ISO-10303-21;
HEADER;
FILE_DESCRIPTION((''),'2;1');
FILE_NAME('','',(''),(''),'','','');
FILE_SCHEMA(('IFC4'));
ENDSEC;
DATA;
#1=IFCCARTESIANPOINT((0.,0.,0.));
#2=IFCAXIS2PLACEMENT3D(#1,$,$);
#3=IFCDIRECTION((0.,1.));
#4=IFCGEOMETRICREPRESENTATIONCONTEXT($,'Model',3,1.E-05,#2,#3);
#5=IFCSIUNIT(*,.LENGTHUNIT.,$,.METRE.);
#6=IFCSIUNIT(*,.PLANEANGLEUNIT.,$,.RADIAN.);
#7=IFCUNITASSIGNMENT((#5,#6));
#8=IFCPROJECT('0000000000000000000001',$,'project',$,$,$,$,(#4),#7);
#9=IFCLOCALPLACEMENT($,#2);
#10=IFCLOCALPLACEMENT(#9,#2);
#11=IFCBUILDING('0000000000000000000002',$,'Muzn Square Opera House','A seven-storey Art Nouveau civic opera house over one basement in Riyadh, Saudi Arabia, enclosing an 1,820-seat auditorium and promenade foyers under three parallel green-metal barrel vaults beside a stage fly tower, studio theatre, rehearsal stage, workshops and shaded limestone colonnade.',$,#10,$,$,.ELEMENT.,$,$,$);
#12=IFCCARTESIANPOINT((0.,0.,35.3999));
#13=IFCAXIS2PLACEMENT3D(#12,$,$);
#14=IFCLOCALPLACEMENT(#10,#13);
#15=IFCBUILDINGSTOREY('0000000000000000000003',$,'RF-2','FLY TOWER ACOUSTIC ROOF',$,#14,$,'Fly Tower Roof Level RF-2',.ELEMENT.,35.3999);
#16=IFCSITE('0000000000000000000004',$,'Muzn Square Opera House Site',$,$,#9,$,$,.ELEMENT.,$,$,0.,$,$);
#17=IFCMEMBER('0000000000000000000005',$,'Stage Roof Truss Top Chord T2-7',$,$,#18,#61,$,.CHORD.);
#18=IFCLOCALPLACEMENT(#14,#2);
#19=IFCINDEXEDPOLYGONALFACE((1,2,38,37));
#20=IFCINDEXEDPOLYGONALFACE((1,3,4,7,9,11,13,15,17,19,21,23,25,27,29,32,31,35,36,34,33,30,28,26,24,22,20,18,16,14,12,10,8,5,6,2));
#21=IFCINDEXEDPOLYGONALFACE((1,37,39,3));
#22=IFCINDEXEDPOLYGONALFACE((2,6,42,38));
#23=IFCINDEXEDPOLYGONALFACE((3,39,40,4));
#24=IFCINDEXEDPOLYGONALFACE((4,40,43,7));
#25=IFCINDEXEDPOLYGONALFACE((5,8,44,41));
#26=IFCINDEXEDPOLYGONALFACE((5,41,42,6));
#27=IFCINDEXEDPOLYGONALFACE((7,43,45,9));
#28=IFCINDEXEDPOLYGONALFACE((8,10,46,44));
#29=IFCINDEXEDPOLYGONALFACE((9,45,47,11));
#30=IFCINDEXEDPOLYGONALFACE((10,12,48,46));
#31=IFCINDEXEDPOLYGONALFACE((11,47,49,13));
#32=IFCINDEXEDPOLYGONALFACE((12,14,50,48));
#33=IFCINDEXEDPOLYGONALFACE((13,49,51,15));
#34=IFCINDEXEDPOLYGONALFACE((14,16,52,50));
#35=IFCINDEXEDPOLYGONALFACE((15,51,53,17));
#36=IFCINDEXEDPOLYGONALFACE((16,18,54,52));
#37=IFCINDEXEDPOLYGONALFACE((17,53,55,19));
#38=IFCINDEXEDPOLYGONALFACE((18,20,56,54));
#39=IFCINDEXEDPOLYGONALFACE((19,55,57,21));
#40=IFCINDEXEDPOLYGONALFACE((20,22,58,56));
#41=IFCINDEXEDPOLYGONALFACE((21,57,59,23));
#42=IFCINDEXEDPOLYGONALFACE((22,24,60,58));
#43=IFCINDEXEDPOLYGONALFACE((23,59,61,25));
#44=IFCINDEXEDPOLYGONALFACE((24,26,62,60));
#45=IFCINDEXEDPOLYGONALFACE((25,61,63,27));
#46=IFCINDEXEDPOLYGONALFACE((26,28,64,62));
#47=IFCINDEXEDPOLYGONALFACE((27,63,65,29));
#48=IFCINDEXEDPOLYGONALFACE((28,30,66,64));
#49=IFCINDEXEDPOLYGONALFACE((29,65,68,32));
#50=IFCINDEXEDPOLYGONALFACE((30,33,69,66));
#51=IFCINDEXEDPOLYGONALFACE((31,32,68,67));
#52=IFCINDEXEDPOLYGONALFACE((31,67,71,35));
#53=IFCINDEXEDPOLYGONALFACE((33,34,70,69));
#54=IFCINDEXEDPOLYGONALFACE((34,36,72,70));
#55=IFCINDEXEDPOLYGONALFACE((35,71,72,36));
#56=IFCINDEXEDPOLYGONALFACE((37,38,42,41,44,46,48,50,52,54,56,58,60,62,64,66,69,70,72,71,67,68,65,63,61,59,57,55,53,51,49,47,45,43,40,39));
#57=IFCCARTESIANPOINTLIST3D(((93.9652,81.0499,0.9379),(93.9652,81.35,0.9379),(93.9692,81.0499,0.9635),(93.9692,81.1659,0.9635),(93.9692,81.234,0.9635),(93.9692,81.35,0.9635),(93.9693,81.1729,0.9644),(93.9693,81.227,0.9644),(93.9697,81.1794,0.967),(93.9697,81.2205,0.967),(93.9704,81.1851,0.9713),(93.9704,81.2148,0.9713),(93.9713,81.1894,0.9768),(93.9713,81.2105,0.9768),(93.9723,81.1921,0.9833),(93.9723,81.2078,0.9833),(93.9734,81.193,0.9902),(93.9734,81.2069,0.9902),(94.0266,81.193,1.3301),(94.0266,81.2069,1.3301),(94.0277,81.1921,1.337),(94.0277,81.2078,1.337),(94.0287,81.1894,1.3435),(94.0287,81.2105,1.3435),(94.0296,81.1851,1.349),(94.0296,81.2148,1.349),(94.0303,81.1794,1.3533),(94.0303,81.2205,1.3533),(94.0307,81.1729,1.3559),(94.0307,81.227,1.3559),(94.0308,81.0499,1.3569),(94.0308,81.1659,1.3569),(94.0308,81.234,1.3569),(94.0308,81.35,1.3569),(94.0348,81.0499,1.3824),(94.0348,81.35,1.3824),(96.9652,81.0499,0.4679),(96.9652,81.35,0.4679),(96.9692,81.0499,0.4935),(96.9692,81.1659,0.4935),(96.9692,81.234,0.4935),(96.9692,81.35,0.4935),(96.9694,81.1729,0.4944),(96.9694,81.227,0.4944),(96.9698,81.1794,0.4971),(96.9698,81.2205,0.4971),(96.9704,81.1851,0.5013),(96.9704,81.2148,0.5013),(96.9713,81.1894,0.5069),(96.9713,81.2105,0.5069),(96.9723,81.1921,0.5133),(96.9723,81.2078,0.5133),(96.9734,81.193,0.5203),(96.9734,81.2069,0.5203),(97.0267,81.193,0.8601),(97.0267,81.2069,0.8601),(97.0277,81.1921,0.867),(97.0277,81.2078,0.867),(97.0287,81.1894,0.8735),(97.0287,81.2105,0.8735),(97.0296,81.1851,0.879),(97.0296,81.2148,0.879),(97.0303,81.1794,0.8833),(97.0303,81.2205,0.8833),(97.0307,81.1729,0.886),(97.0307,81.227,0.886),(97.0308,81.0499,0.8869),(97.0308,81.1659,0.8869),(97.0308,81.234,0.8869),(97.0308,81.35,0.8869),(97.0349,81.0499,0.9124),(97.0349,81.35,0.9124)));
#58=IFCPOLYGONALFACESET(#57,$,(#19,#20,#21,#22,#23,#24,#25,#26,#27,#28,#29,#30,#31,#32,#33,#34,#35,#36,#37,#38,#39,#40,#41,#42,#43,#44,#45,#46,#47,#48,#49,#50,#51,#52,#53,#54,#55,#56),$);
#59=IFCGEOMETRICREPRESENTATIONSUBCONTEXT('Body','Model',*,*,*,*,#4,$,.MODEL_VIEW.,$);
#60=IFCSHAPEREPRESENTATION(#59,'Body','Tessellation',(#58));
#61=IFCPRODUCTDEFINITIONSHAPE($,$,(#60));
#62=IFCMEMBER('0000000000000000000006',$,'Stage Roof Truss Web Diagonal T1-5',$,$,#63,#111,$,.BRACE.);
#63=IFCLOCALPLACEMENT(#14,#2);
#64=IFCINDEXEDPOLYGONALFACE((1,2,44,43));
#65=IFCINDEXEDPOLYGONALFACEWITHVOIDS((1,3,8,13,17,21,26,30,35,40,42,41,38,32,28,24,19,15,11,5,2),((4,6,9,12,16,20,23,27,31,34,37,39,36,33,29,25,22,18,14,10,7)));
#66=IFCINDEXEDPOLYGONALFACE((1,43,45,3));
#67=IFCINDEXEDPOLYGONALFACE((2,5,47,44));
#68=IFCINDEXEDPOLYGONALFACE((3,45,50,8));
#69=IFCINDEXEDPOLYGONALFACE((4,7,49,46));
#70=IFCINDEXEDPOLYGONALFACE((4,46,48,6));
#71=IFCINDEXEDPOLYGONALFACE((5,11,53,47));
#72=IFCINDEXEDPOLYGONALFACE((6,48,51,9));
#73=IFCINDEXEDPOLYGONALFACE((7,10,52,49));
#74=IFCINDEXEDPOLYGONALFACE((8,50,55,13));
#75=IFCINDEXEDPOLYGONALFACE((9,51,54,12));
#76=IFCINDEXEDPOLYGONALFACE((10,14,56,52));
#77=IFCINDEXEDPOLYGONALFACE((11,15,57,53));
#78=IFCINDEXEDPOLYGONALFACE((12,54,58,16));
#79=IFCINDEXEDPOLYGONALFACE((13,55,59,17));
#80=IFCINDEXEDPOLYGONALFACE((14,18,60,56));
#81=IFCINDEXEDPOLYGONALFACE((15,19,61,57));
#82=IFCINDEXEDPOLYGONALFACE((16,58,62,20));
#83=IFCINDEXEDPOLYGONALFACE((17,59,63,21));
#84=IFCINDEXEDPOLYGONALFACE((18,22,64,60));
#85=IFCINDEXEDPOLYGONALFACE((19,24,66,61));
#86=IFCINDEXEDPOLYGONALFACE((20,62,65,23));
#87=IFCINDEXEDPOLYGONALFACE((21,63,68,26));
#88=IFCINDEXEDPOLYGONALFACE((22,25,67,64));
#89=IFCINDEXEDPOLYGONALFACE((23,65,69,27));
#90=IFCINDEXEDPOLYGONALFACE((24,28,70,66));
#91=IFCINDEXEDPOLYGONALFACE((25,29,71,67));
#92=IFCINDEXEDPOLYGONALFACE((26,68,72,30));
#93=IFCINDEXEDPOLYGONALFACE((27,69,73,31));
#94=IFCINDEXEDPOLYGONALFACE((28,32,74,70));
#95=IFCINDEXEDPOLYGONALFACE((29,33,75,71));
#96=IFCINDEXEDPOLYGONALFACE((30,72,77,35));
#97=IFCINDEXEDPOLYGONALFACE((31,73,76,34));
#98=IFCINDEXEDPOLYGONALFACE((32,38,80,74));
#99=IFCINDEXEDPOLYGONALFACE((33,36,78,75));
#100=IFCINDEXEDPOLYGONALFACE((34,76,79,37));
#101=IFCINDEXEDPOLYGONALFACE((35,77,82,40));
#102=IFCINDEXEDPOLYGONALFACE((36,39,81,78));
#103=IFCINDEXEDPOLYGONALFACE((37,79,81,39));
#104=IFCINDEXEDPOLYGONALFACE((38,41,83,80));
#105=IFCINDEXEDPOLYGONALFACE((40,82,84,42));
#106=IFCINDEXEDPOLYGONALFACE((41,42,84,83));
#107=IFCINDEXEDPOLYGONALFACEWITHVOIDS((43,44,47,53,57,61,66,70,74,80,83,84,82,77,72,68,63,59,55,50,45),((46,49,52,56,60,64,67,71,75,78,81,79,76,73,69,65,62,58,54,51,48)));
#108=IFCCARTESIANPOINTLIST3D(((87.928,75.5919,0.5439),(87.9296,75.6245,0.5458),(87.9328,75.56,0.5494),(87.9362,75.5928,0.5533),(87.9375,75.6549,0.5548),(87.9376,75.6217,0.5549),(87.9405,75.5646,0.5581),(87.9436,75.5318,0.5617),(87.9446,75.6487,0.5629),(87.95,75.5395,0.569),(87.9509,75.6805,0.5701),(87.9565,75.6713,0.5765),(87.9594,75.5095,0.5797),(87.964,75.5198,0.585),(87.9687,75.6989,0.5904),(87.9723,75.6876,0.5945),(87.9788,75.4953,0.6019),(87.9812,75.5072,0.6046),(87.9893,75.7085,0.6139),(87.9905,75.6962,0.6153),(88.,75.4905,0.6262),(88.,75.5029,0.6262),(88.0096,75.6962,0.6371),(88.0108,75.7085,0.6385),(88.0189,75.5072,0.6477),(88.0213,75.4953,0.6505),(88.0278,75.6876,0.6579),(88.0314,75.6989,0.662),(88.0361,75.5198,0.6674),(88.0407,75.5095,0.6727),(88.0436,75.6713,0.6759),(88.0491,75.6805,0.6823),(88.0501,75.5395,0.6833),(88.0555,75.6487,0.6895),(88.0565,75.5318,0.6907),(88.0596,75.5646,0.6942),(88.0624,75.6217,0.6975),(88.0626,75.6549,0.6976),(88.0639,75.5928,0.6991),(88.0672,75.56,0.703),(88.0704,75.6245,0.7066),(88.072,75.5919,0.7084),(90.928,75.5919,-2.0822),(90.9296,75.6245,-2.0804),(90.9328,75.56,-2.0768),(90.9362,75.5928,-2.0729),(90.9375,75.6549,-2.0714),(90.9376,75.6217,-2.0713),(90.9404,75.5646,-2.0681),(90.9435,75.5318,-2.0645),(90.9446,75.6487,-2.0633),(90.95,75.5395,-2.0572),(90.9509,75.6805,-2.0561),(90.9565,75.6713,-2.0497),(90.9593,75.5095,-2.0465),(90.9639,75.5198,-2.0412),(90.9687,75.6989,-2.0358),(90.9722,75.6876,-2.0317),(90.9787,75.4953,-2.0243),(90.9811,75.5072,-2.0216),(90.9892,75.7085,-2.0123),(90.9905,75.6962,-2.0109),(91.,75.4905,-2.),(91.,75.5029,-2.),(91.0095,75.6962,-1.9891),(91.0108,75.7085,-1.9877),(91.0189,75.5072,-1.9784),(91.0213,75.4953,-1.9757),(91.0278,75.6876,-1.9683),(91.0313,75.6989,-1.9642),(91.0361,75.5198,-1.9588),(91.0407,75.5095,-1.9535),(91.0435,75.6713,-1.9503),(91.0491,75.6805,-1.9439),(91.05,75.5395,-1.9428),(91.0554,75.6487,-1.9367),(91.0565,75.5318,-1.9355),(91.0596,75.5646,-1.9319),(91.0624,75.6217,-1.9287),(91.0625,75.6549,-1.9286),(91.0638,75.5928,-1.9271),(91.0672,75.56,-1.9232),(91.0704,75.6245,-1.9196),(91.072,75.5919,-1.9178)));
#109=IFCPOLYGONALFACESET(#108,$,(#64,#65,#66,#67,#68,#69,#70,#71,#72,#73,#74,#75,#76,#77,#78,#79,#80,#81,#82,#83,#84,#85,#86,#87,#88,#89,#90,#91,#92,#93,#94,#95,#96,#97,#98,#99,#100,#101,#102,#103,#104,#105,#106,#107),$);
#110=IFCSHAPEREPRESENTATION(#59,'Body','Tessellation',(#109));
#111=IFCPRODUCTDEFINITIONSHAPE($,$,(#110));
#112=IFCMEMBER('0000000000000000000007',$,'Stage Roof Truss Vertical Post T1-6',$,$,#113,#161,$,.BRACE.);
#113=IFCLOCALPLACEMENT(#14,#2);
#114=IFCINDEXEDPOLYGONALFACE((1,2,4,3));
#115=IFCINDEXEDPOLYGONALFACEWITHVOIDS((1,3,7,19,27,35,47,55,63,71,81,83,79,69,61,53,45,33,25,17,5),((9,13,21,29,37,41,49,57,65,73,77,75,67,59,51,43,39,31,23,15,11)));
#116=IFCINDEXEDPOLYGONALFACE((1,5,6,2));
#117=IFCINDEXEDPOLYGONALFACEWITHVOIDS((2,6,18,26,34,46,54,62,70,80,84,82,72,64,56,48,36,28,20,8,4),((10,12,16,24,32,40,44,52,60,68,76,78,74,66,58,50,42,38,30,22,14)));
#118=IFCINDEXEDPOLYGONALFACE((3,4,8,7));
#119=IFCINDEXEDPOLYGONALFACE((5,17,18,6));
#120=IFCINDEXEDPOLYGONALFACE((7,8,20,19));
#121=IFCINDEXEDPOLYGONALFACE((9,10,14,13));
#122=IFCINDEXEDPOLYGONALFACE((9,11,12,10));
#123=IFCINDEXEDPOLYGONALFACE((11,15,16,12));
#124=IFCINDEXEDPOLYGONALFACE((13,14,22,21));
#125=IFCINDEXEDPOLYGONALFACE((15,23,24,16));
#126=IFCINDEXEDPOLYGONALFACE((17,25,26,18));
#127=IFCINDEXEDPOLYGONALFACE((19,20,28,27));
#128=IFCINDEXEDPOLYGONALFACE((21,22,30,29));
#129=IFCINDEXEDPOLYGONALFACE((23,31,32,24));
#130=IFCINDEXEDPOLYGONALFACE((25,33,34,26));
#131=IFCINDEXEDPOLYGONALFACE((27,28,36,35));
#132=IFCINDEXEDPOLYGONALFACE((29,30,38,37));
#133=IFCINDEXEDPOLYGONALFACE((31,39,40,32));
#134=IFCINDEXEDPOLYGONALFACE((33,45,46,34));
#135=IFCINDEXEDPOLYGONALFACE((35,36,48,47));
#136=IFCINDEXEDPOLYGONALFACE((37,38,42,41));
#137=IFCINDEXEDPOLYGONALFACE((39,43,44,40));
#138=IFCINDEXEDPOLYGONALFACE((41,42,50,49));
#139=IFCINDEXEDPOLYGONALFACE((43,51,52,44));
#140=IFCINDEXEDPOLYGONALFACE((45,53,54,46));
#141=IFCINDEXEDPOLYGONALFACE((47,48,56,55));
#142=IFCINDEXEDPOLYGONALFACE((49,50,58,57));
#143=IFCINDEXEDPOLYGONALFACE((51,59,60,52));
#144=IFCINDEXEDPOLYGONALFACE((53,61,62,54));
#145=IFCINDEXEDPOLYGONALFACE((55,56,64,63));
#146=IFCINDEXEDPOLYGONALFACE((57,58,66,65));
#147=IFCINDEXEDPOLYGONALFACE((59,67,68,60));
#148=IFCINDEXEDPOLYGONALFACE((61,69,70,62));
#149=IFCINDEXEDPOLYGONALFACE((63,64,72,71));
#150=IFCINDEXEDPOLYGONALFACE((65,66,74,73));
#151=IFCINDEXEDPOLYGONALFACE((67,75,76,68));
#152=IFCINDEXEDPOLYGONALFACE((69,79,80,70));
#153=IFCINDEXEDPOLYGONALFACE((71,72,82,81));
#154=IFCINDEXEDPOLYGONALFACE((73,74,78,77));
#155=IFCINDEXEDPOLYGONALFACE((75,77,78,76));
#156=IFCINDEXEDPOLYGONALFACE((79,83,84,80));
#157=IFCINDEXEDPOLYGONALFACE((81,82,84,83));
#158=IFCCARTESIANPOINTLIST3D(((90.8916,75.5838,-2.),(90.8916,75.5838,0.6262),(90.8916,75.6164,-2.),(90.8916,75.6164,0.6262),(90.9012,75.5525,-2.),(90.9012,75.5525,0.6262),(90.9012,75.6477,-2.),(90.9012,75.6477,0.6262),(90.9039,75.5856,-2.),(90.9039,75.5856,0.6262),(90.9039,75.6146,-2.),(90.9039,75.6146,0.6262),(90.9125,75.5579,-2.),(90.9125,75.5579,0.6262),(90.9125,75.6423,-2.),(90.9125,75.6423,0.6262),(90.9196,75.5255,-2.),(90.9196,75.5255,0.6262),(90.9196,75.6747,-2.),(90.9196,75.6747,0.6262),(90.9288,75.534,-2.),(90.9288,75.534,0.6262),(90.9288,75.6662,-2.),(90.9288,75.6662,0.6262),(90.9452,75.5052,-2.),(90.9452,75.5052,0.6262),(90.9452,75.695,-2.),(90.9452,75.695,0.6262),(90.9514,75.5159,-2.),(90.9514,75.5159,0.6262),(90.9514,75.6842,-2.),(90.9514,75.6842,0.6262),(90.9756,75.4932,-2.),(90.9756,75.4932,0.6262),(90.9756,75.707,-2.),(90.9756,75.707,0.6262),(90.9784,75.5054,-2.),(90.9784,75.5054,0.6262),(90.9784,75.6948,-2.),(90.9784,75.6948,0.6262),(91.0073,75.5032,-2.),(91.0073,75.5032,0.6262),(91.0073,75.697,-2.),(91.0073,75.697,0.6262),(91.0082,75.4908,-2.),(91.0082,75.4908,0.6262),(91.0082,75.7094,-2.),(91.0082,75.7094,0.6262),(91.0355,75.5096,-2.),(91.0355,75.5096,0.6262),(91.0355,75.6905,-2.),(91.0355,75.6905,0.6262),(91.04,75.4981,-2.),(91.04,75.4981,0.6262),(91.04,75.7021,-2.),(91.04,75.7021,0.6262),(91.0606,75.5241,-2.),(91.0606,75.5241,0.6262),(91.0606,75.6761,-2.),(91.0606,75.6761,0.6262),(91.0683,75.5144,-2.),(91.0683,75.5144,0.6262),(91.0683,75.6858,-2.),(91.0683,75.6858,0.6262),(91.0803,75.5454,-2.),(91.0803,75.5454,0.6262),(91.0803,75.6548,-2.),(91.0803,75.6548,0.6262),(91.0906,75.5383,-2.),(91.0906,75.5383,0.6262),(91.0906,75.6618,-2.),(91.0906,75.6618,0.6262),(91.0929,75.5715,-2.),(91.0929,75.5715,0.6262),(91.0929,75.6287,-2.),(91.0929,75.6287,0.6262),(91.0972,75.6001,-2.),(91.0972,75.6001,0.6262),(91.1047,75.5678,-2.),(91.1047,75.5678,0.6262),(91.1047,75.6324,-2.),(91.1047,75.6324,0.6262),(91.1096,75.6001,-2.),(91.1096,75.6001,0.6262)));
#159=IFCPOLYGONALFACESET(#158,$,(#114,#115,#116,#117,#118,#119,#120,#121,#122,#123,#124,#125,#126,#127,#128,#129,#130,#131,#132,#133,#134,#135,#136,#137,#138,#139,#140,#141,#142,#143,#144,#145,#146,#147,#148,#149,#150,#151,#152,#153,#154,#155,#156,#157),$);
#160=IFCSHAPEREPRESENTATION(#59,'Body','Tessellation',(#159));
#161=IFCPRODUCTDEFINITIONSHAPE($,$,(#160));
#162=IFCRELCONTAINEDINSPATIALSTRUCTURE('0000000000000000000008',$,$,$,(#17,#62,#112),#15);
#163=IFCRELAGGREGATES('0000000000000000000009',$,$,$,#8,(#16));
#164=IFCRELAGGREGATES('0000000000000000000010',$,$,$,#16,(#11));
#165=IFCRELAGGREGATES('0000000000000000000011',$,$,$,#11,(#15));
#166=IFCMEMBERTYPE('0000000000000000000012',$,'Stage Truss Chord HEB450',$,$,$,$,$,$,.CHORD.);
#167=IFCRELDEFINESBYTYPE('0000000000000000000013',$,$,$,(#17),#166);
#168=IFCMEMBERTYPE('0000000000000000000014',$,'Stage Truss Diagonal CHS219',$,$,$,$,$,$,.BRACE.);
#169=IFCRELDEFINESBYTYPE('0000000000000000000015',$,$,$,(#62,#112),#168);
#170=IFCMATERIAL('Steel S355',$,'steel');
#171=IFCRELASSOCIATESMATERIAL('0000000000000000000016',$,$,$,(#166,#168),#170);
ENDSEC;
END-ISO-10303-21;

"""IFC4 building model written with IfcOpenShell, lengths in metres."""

from ifc_helpers import new_model, si_unit, direction, frame, origin, origin_2d, place, context, subcontext, project, spatial, hollow_circle, i_section, extrude, material, material_profile, profile_set, type_object, element, save


model = new_model("IFC4")

# Units and contexts
model_context = context("Model", 3, precision=1e-05, world=origin(), true_north=direction((0.0, 1.0)))
body_context = subcontext(model_context, "Body", "Model", "MODEL_VIEW")
ifc_project = project(units=[si_unit("LENGTHUNIT", "METRE"), si_unit("PLANEANGLEUNIT", "RADIAN")], contexts=[model_context])

# Site, building, storey
site_placement = place(None, origin())
site = spatial("IfcSite", under=ifc_project, at=site_placement, Name="Muzn Square Opera House Site", CompositionType="ELEMENT", RefElevation=0.0)
building_placement = place(site_placement, origin())
building = spatial("IfcBuilding", under=site, at=building_placement, Name="Muzn Square Opera House", Description="A seven-storey Art Nouveau civic opera house over one basement in Riyadh, Saudi Arabia, enclosing an 1,820-seat auditorium and promenade foyers under three parallel green-metal barrel vaults beside a stage fly tower, studio theatre, rehearsal stage, workshops and shaded limestone colonnade.", CompositionType="ELEMENT")
storey_placement = place(building_placement, frame((0.0, 0.0, 35.3999)))
storey = spatial("IfcBuildingStorey", under=building, at=storey_placement, Name="RF-2", Description="FLY TOWER ACOUSTIC ROOF", LongName="Fly Tower Roof Level RF-2", CompositionType="ELEMENT", Elevation=35.3999)

# Members
ifc_material_1 = material(Name="Steel S355", Category="steel")
ifc_material_profile_1 = material_profile(ifc_material_1, i_section(OverallWidth=0.3, OverallDepth=0.45, WebThickness=0.0139, FlangeThickness=0.0259, FilletRadius=0.0271, at=origin_2d()), Name="HEB 450", Category="steel")
ifc_profile_set_1 = profile_set([ifc_material_profile_1], Name="Steel S355")
member_type_1 = type_object("IfcMemberType", Name="Stage Truss Chord HEB450", PredefinedType="CHORD", material=ifc_profile_set_1)
for number, where, z_axis, x_axis, name in (
    (1, (94.0, 81.2, 1.1602), (0.987951, 0.0, -0.154769), (0.0, 1.0, 0.0), "Stage Roof Truss Top Chord T2-7"),
):
    element("IfcMember", number, at=place(storey_placement, frame(where, z_axis=z_axis, x_axis=x_axis)), inside=storey, type_object=member_type_1, Name=name, PredefinedType="CHORD", context=body_context, shape_type="SweptSolid", body=[
        extrude(i_section(OverallWidth=0.3, OverallDepth=0.45, WebThickness=0.0139, FlangeThickness=0.0259, FilletRadius=0.0271, at=origin_2d()), origin(), (0.0, 0.0, 1.0), 3.0366),
    ])
ifc_material_profile_2 = material_profile(ifc_material_1, hollow_circle(Radius=0.1096, WallThickness=0.0125, at=origin_2d()), Name="CHS 219.1x12.5", Category="steel")
ifc_profile_set_2 = profile_set([ifc_material_profile_2], Name="Steel S355")
member_type_2 = type_object("IfcMemberType", Name="Stage Truss Diagonal CHS219", PredefinedType="BRACE", material=ifc_profile_set_2)
member_1_placement = place(storey_placement, frame((91.0, 75.6001, -2.0), z_axis=(-0.752425, 0.0, 0.658678), x_axis=(0.0, -1.0, 0.0)))
element("IfcMember", 2, at=member_1_placement, inside=storey, type_object=member_type_2, Name="Stage Roof Truss Web Diagonal T1-5", PredefinedType="BRACE", context=body_context, shape_type="SweptSolid", body=[
    extrude(hollow_circle(Radius=0.1096, WallThickness=0.0125, at=origin_2d()), origin(), (0.0, 0.0, 1.0), 3.9871),
])
member_2_placement = place(storey_placement, frame((91.0, 75.6001, -2.0), z_axis=(0.0, 0.0, 1.0), x_axis=(1.0, 0.0, 0.0)))
element("IfcMember", 3, at=member_2_placement, inside=storey, type_object=member_type_2, Name="Stage Roof Truss Vertical Post T1-6", PredefinedType="BRACE", context=body_context, shape_type="SweptSolid", body=[
    extrude(hollow_circle(Radius=0.1096, WallThickness=0.0125, at=origin_2d()), origin(), (0.0, 0.0, 1.0), 2.6262),
])

save(model, "model.ifc")
